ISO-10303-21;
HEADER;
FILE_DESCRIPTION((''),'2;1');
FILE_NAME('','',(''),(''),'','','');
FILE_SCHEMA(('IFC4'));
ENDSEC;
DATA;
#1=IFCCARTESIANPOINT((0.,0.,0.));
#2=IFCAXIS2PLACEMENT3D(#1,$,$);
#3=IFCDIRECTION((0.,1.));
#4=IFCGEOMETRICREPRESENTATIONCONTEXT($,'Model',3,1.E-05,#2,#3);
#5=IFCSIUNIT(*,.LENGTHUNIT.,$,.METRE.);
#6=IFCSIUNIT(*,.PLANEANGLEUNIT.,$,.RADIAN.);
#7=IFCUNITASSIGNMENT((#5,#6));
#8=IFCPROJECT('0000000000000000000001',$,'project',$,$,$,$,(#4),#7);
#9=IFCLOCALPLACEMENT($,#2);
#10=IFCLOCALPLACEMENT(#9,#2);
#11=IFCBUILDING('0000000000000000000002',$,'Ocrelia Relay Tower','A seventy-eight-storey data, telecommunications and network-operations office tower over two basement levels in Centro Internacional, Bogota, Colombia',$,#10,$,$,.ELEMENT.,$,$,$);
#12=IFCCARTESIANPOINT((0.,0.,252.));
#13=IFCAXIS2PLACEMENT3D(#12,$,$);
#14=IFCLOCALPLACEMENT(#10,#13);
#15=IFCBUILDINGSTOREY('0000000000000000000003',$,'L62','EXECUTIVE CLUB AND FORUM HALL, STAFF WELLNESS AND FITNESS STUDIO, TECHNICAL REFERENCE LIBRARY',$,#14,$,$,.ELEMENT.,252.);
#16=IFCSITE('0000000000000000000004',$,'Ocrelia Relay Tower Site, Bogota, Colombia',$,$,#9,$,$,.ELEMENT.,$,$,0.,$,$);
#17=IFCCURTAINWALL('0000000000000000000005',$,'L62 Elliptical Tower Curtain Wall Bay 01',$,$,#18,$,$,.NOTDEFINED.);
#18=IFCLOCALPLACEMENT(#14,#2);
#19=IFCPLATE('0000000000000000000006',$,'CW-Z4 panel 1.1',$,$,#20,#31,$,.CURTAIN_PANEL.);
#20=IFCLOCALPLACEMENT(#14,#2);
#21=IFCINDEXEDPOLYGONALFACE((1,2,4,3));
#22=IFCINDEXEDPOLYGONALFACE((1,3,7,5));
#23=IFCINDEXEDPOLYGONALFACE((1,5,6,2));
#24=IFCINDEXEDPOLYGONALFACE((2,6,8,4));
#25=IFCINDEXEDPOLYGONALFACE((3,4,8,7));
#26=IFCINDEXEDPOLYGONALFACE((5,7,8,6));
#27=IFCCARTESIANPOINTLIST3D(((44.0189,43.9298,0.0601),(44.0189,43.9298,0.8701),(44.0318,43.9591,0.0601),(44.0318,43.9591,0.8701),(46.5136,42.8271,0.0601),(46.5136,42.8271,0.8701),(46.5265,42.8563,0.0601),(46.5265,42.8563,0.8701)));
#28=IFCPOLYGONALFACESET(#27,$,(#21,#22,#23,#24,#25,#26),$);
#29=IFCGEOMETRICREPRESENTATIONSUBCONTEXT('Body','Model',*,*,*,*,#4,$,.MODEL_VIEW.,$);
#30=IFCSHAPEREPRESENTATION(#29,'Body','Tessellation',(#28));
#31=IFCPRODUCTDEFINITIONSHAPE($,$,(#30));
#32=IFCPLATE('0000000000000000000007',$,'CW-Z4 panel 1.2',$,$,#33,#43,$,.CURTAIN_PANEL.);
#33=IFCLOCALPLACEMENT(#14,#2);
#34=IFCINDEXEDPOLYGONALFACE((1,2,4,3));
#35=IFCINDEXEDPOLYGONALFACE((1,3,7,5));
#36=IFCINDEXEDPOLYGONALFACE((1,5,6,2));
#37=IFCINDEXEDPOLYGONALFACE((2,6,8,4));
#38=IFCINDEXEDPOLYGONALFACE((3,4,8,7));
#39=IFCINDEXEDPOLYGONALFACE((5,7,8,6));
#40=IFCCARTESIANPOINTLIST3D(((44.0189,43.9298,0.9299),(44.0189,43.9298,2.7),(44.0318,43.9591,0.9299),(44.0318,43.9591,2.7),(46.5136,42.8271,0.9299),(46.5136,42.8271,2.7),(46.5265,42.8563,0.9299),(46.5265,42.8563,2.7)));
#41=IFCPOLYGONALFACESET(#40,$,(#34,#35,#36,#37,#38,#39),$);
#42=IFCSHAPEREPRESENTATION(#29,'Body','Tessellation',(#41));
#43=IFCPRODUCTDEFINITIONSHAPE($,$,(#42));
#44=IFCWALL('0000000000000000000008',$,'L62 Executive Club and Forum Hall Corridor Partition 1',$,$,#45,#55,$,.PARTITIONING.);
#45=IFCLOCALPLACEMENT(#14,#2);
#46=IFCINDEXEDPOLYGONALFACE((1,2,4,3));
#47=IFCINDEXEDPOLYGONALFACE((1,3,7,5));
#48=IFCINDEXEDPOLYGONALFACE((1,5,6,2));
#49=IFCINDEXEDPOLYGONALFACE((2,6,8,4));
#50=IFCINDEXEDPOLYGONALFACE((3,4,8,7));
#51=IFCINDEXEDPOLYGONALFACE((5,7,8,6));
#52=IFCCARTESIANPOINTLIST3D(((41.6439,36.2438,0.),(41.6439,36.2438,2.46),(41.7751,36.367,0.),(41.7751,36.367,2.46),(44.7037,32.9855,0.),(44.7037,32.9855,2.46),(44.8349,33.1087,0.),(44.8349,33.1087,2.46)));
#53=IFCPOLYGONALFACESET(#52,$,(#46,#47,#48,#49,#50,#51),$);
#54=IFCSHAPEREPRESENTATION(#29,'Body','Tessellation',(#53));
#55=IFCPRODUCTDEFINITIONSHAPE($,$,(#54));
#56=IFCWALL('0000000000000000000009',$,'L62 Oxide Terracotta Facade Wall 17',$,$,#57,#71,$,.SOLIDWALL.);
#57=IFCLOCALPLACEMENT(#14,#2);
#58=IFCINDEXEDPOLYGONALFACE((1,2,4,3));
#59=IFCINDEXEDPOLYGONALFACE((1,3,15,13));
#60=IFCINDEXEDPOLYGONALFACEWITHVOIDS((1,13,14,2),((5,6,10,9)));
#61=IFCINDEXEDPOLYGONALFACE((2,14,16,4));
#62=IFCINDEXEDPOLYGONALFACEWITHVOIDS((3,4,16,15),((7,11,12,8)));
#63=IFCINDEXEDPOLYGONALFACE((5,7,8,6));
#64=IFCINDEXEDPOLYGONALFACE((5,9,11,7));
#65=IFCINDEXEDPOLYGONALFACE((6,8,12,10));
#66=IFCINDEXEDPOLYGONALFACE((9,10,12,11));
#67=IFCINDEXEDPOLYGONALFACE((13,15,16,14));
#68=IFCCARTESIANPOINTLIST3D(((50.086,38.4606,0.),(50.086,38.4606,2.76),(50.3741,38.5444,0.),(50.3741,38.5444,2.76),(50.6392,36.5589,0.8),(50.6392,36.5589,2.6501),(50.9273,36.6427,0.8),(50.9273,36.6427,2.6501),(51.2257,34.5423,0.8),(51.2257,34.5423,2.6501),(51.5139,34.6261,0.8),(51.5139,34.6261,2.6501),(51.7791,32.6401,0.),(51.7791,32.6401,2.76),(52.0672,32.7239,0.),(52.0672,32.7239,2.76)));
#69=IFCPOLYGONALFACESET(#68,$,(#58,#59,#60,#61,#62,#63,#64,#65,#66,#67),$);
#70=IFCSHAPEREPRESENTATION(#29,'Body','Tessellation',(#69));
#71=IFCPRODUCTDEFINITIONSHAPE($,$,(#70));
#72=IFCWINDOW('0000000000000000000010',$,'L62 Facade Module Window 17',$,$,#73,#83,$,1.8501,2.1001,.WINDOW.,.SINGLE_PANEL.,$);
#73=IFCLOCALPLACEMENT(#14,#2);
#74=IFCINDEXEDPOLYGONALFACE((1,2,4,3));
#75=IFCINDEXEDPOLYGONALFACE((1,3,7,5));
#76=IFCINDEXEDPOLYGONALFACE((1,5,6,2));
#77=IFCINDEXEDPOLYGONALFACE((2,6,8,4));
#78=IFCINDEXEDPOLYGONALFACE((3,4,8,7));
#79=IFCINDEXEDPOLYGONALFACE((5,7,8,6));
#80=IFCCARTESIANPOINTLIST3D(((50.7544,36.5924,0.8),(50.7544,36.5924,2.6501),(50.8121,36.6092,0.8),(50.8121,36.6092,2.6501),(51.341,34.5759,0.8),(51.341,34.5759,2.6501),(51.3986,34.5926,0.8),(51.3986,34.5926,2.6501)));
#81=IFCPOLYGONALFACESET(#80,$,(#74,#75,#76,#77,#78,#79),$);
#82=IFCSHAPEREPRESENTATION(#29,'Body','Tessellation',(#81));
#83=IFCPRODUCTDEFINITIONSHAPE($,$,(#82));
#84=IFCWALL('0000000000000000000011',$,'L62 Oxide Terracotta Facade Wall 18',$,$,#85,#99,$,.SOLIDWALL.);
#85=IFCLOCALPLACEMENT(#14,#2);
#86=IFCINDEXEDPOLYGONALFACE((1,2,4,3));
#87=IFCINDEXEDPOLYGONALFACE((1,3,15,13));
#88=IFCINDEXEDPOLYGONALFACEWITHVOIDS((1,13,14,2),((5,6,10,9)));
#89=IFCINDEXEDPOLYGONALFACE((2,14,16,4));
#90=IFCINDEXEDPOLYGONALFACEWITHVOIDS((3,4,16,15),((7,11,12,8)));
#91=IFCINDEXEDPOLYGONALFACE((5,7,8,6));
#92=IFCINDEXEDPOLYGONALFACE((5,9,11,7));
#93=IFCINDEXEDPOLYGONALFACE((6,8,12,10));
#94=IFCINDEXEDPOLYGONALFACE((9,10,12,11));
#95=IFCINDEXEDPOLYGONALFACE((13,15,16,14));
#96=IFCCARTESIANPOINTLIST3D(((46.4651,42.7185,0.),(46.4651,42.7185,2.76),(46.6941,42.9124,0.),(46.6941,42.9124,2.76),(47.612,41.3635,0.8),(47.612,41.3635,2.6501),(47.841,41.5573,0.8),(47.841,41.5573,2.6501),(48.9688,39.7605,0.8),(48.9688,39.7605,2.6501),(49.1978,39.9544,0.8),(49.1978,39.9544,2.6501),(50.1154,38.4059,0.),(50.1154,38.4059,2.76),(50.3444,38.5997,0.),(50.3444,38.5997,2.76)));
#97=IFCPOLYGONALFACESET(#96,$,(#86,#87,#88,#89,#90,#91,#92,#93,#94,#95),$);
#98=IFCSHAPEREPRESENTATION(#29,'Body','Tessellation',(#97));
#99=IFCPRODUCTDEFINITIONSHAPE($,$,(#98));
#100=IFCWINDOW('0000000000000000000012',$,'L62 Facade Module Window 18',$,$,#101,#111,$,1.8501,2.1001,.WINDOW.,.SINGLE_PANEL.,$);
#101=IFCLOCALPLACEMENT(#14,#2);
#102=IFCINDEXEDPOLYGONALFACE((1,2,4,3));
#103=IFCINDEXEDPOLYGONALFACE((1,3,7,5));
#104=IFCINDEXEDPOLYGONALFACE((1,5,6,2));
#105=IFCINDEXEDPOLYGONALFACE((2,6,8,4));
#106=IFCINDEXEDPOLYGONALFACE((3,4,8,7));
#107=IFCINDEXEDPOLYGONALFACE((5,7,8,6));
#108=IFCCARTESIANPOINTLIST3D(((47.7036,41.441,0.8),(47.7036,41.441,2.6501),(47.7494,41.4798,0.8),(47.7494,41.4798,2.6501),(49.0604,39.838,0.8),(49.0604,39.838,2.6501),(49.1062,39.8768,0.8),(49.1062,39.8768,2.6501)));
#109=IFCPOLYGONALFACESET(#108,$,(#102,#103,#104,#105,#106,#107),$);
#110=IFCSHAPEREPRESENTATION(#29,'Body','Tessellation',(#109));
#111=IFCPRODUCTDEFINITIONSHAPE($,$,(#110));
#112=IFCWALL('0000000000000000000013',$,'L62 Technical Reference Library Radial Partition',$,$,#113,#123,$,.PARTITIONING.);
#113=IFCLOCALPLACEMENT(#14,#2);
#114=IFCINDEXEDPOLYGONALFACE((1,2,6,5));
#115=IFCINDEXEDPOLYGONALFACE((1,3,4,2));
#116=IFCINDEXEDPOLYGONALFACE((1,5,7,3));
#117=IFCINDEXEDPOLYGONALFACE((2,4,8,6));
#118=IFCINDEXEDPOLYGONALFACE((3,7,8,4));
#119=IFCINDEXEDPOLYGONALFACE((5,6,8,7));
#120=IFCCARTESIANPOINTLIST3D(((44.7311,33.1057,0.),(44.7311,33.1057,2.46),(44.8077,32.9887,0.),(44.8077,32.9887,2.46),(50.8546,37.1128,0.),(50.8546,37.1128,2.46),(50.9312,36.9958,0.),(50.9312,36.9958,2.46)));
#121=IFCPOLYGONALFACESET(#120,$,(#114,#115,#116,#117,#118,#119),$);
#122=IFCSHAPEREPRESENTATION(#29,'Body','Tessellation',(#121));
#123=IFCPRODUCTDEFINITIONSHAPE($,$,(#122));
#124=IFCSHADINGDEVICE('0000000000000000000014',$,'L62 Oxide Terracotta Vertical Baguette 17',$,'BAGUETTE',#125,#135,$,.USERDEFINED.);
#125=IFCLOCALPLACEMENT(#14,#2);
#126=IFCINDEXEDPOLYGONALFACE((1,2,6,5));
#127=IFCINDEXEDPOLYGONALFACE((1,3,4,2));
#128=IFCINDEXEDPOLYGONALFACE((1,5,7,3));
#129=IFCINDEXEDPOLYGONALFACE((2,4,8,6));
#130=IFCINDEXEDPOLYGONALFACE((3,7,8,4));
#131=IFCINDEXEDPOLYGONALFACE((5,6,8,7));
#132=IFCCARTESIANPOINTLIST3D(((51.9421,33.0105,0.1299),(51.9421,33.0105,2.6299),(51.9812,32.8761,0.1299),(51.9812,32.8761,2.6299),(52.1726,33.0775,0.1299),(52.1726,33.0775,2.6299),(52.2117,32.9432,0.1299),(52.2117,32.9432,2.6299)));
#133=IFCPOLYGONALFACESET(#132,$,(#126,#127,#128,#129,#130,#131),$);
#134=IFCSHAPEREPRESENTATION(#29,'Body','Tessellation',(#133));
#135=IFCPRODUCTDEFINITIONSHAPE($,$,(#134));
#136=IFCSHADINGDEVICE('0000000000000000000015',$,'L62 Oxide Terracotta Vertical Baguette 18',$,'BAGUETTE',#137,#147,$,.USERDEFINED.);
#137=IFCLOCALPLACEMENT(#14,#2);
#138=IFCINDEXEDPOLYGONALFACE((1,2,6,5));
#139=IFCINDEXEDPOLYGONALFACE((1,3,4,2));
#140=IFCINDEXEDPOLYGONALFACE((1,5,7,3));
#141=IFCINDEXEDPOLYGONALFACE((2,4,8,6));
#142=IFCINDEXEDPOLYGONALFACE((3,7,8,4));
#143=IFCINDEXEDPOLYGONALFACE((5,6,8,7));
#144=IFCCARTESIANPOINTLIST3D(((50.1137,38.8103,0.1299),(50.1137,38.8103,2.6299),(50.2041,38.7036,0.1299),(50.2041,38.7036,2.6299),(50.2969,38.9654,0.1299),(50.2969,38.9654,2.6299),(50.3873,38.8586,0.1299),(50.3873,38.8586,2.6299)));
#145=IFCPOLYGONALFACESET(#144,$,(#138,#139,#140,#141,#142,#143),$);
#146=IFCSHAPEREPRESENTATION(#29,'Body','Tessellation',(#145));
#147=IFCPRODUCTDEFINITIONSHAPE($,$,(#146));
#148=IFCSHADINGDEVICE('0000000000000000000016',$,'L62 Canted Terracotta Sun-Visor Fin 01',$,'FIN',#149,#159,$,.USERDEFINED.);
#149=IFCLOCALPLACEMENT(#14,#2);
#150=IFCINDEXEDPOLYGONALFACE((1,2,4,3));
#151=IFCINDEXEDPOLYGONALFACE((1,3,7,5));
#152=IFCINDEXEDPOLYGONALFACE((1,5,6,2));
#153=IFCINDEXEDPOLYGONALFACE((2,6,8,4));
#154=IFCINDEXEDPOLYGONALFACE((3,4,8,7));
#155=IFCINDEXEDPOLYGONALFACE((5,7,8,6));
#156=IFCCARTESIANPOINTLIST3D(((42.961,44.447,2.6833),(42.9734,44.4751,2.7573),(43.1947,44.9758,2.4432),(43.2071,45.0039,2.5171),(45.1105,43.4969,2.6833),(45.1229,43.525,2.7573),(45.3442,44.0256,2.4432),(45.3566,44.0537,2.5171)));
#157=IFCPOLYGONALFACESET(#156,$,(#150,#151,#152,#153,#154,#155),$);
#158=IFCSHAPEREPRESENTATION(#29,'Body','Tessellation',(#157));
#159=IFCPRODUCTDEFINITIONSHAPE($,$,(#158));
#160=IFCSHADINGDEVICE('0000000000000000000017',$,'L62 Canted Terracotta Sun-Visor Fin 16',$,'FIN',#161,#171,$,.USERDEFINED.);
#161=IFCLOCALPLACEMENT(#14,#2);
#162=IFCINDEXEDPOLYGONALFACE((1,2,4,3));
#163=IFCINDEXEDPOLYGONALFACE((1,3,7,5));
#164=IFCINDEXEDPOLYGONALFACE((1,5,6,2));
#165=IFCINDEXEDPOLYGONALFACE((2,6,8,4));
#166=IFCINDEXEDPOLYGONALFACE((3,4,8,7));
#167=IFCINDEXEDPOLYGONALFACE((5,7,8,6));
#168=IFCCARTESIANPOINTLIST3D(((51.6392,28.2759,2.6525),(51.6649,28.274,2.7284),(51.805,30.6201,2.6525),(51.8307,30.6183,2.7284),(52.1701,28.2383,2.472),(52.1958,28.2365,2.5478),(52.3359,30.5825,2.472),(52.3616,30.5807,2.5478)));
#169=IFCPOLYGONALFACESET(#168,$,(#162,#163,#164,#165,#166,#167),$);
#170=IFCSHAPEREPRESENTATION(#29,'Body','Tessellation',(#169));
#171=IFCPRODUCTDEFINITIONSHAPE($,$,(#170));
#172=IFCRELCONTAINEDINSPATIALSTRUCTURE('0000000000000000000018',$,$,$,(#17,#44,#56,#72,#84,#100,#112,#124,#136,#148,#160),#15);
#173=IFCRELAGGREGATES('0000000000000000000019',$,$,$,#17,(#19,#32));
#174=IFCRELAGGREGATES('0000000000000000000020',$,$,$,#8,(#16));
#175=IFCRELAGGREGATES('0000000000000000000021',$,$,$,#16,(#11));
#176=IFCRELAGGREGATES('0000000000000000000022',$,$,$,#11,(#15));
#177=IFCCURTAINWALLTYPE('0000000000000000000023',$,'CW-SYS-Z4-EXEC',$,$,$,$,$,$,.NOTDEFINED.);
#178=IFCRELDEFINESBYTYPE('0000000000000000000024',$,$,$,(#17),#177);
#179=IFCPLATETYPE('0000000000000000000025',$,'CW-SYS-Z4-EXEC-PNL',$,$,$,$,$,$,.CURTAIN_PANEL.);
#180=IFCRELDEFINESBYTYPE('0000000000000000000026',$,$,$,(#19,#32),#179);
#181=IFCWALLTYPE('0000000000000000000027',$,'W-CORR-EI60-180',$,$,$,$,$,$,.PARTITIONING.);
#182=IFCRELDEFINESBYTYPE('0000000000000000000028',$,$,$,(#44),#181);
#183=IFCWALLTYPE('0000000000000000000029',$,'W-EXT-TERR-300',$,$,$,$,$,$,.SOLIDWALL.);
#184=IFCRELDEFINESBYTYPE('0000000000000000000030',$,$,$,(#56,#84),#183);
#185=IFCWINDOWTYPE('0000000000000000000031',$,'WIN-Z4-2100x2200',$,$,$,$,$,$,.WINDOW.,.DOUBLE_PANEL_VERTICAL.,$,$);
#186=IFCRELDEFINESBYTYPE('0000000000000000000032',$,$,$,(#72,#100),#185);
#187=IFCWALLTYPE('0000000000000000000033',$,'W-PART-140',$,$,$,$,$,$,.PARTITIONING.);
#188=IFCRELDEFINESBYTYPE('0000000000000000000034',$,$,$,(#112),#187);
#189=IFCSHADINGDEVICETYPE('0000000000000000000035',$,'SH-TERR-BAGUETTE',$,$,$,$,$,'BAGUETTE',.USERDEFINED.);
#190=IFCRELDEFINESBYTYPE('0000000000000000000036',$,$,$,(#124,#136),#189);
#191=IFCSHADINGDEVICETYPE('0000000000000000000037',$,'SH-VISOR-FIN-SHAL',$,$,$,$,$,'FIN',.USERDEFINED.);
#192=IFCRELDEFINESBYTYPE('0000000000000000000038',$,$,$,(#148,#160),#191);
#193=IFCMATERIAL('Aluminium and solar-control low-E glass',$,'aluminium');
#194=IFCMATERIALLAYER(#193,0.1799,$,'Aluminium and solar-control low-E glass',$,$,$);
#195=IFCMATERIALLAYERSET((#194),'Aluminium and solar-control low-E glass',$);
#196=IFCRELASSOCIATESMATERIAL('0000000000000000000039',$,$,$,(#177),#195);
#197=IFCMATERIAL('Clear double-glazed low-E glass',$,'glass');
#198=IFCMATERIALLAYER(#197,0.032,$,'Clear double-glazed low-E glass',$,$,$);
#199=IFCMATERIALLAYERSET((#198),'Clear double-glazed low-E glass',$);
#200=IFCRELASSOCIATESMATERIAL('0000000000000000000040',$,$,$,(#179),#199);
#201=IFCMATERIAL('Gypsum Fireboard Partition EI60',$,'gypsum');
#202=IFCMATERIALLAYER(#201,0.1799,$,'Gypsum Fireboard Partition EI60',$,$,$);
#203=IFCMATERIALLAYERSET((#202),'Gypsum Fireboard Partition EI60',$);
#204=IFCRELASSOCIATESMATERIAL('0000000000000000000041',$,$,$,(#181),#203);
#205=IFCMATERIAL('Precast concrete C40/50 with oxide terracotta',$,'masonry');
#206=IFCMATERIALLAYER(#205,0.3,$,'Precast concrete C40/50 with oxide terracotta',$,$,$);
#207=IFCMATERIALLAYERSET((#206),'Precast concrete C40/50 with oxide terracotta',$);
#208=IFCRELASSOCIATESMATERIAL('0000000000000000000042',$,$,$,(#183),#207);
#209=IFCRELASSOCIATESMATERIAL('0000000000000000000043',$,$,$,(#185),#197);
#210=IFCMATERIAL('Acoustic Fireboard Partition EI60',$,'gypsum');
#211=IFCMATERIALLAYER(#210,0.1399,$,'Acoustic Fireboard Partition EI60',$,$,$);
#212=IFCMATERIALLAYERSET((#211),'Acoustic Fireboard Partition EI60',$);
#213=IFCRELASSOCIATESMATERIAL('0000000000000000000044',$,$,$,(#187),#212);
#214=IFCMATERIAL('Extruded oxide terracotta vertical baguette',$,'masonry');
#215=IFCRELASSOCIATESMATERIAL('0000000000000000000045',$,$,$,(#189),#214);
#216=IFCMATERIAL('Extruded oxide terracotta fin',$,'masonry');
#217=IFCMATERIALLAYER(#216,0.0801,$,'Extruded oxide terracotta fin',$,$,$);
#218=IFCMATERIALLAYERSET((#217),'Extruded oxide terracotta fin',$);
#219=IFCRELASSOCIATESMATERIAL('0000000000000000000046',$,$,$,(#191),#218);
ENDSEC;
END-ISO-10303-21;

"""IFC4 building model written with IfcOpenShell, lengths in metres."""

from ifc_helpers import new_model, si_unit, direction, frame, frame_2d, origin, origin_2d, place, context, subcontext, project, spatial, rectangle, extrude, material, layer, layer_set, type_object, element, fill, aggregate, save


model = new_model("IFC4")

# Units and contexts
model_context = context("Model", 3, precision=1e-05, world=origin(), true_north=direction((0.0, 1.0)))
body_context = subcontext(model_context, "Body", "Model", "MODEL_VIEW")
ifc_project = project(units=[si_unit("LENGTHUNIT", "METRE"), si_unit("PLANEANGLEUNIT", "RADIAN")], contexts=[model_context])

# Site, building, storey
site_placement = place(None, origin())
site = spatial("IfcSite", under=ifc_project, at=site_placement, Name="Ocrelia Relay Tower Site, Bogota, Colombia", CompositionType="ELEMENT", RefElevation=0.0)
building_placement = place(site_placement, origin())
building = spatial("IfcBuilding", under=site, at=building_placement, Name="Ocrelia Relay Tower", Description="A seventy-eight-storey data, telecommunications and network-operations office tower over two basement levels in Centro Internacional, Bogota, Colombia", CompositionType="ELEMENT")
storey_placement = place(building_placement, frame((0.0, 0.0, 252.0)))
storey = spatial("IfcBuildingStorey", under=building, at=storey_placement, Name="L62", Description="EXECUTIVE CLUB AND FORUM HALL, STAFF WELLNESS AND FITNESS STUDIO, TECHNICAL REFERENCE LIBRARY", CompositionType="ELEMENT", Elevation=252.0)

# Curtain wall, plates
ifc_material_1 = material(Name="Aluminium and solar-control low-E glass", Category="aluminium")
ifc_layer_1 = layer(ifc_material_1, 0.1799, Name="Aluminium and solar-control low-E glass")
ifc_layer_set_1 = layer_set([ifc_layer_1], Name="Aluminium and solar-control low-E glass")
curtain_wall_type = type_object("IfcCurtainWallType", Name="CW-SYS-Z4-EXEC", PredefinedType="NOTDEFINED", material=ifc_layer_set_1)
curtain_wall_placement = place(storey_placement, origin())
curtain_wall = element("IfcCurtainWall", 1, at=curtain_wall_placement, inside=storey, type_object=curtain_wall_type, Name="L62 Elliptical Tower Curtain Wall Bay 01", PredefinedType="NOTDEFINED")
ifc_material_2 = material(Name="Clear double-glazed low-E glass", Category="glass")
ifc_layer_2 = layer(ifc_material_2, 0.032, Name="Clear double-glazed low-E glass")
ifc_layer_set_2 = layer_set([ifc_layer_2], Name="Clear double-glazed low-E glass")
plate_type = type_object("IfcPlateType", Name="CW-SYS-Z4-EXEC-PNL", PredefinedType="CURTAIN_PANEL", material=ifc_layer_set_2)
plate_1_placement = place(storey_placement, frame((45.2727, 43.3931, 0.0601), z_axis=(0.0, 0.0, 1.0), x_axis=(-0.914627, 0.404298, 0.0)))
plate_1 = element("IfcPlate", 2, at=plate_1_placement, type_object=plate_type, Name="CW-Z4 panel 1.1", PredefinedType="CURTAIN_PANEL", context=body_context, shape_type="SweptSolid", body=[
    extrude(rectangle(XDim=2.7275, YDim=0.032, at=origin_2d()), origin(), (0.0, 0.0, 1.0), 0.8101),
])
plate_2_placement = place(storey_placement, frame((45.2727, 43.3931, 0.9299), z_axis=(0.0, 0.0, 1.0), x_axis=(-0.914627, 0.404298, 0.0)))
plate_2 = element("IfcPlate", 3, at=plate_2_placement, type_object=plate_type, Name="CW-Z4 panel 1.2", PredefinedType="CURTAIN_PANEL", context=body_context, shape_type="SweptSolid", body=[
    extrude(rectangle(XDim=2.7275, YDim=0.032, at=origin_2d()), origin(), (0.0, 0.0, 1.0), 1.77),
])
aggregate(curtain_wall, [plate_1, plate_2])

# Shared definitions
ifc_material_3 = material(Name="Gypsum Fireboard Partition EI60", Category="gypsum")
ifc_layer_3 = layer(ifc_material_3, 0.1799, Name="Gypsum Fireboard Partition EI60")
ifc_layer_set_3 = layer_set([ifc_layer_3], Name="Gypsum Fireboard Partition EI60")
wall_type_1 = type_object("IfcWallType", Name="W-CORR-EI60-180", PredefinedType="PARTITIONING", material=ifc_layer_set_3)

# Wall
wall_1_placement = place(storey_placement, frame((44.7693, 33.0471, 0.0), z_axis=(0.0, 0.0, 1.0), x_axis=(-0.684555, 0.728961, 0.0)))
element("IfcWall", 4, at=wall_1_placement, inside=storey, type_object=wall_type_1, Name="L62 Executive Club and Forum Hall Corridor Partition 1", PredefinedType="PARTITIONING", context=body_context, shape_type="SweptSolid", body=[
    extrude(rectangle(XDim=4.4697, YDim=0.1799, at=frame_2d((2.2349, 0.0))), origin(), (0.0, 0.0, 1.0), 2.46),
])

# Walls, openings, windows
ifc_material_4 = material(Name="Precast concrete C40/50 with oxide terracotta", Category="masonry")
ifc_layer_4 = layer(ifc_material_4, 0.3, Name="Precast concrete C40/50 with oxide terracotta")
ifc_layer_set_4 = layer_set([ifc_layer_4], Name="Precast concrete C40/50 with oxide terracotta")
wall_type_2 = type_object("IfcWallType", Name="W-EXT-TERR-300", PredefinedType="SOLIDWALL", material=ifc_layer_set_4)
wall_2_placement = place(storey_placement, frame((51.9231, 32.6821, 0.0), z_axis=(0.0, 0.0, 1.0), x_axis=(-0.279309, 0.960201, 0.0)))
wall_2 = element("IfcWall", 5, at=wall_2_placement, inside=storey, type_object=wall_type_2, Name="L62 Oxide Terracotta Facade Wall 17", PredefinedType="SOLIDWALL", context=body_context, shape_type="SweptSolid", body=[
    extrude(rectangle(XDim=6.0618, YDim=0.3, at=frame_2d((3.0308, 0.0))), origin(), (0.0, 0.0, 1.0), 2.76),
])
opening_1_placement = place(wall_2_placement, frame((1.981, 0.0, 0.8)))
opening_1 = element("IfcOpeningElement", 6, at=opening_1_placement, cuts=wall_2, PredefinedType="OPENING", context=body_context, shape_type="SweptSolid", body=[
    extrude(rectangle(XDim=2.1001, YDim=1.8501, at=frame_2d((1.05, 0.925))), frame((0.0, 0.1602, 0.0), z_axis=(0.0, -1.0, 0.0), x_axis=(1.0, 0.0, 0.0)), (0.0, 0.0, 1.0), 0.3201),
])
window_type = type_object("IfcWindowType", Name="WIN-Z4-2100x2200", PartitioningType="DOUBLE_PANEL_VERTICAL", PredefinedType="WINDOW", material=ifc_material_2)
window_1_placement = place(opening_1_placement, origin())
window_1 = element("IfcWindow", 7, at=window_1_placement, inside=storey, type_object=window_type, Name="L62 Facade Module Window 17", OverallHeight=1.8501, OverallWidth=2.1001, PartitioningType="SINGLE_PANEL", PredefinedType="WINDOW", context=body_context, shape_type="SweptSolid", body=[
    extrude(rectangle(XDim=2.1001, YDim=1.8501, at=frame_2d((1.05, 0.925))), frame((0.0, 0.03, 0.0), z_axis=(0.0, -1.0, 0.0), x_axis=(1.0, 0.0, 0.0)), (0.0, 0.0, 1.0), 0.0601),
])
fill(opening_1, window_1)
wall_3_placement = place(storey_placement, frame((50.23, 38.5027, 0.0), z_axis=(0.0, 0.0, 1.0), x_axis=(-0.64606, 0.763286, 0.0)))
wall_3 = element("IfcWall", 8, at=wall_3_placement, inside=storey, type_object=wall_type_2, Name="L62 Oxide Terracotta Facade Wall 18", PredefinedType="SOLIDWALL", context=body_context, shape_type="SweptSolid", body=[
    extrude(rectangle(XDim=5.6501, YDim=0.3, at=frame_2d((2.8252, 0.0))), origin(), (0.0, 0.0, 1.0), 2.76),
])
opening_2_placement = place(wall_3_placement, frame((1.7749, 0.0, 0.8)))
opening_2 = element("IfcOpeningElement", 9, at=opening_2_placement, cuts=wall_3, PredefinedType="OPENING", context=body_context, shape_type="SweptSolid", body=[
    extrude(rectangle(XDim=2.1001, YDim=1.8501, at=frame_2d((1.05, 0.925))), frame((0.0, 0.1602, 0.0), z_axis=(0.0, -1.0, 0.0), x_axis=(1.0, 0.0, 0.0)), (0.0, 0.0, 1.0), 0.3201),
])
window_2_placement = place(opening_2_placement, origin())
window_2 = element("IfcWindow", 10, at=window_2_placement, inside=storey, type_object=window_type, Name="L62 Facade Module Window 18", OverallHeight=1.8501, OverallWidth=2.1001, PartitioningType="SINGLE_PANEL", PredefinedType="WINDOW", context=body_context, shape_type="SweptSolid", body=[
    extrude(rectangle(XDim=2.1001, YDim=1.8501, at=frame_2d((1.05, 0.925))), frame((0.0, 0.03, 0.0), z_axis=(0.0, -1.0, 0.0), x_axis=(1.0, 0.0, 0.0)), (0.0, 0.0, 1.0), 0.0601),
])
fill(opening_2, window_2)

# Wall
ifc_material_5 = material(Name="Acoustic Fireboard Partition EI60", Category="gypsum")
ifc_layer_5 = layer(ifc_material_5, 0.1399, Name="Acoustic Fireboard Partition EI60")
ifc_layer_set_5 = layer_set([ifc_layer_5], Name="Acoustic Fireboard Partition EI60")
wall_type_3 = type_object("IfcWallType", Name="W-PART-140", PredefinedType="PARTITIONING", material=ifc_layer_set_5)
wall_4_placement = place(storey_placement, frame((44.7693, 33.0471, 0.0), z_axis=(0.0, 0.0, 1.0), x_axis=(0.836767, 0.547559, 0.0)))
element("IfcWall", 11, at=wall_4_placement, inside=storey, type_object=wall_type_3, Name="L62 Technical Reference Library Radial Partition", PredefinedType="PARTITIONING", context=body_context, shape_type="SweptSolid", body=[
    extrude(rectangle(XDim=7.3181, YDim=0.1399, at=frame_2d((3.6592, 0.0))), origin(), (0.0, 0.0, 1.0), 2.46),
])

# Shading devices
ifc_material_6 = material(Name="Extruded oxide terracotta vertical baguette", Category="masonry")
shading_device_type_1 = type_object("IfcShadingDeviceType", Name="SH-TERR-BAGUETTE", ElementType="BAGUETTE", PredefinedType="USERDEFINED", material=ifc_material_6)
for number, where, z_axis, x_axis, name in (
    (12, (52.0769, 32.9768, 0.1299), (0.0, 0.0, 1.0), (-0.279289, 0.960207, 0.0), "L62 Oxide Terracotta Vertical Baguette 17"),
    (13, (50.2505, 38.8345, 0.1299), (0.0, 0.0, 1.0), (-0.646086, 0.763265, 0.0), "L62 Oxide Terracotta Vertical Baguette 18"),
):
    element("IfcShadingDevice", number, at=place(storey_placement, frame(where, z_axis=z_axis, x_axis=x_axis)), inside=storey, type_object=shading_device_type_1, Name=name, ObjectType="BAGUETTE", PredefinedType="USERDEFINED", context=body_context, shape_type="SweptSolid", body=[
        extrude(rectangle(XDim=0.1399, YDim=0.24, at=origin_2d()), origin(), (0.0, 0.0, 1.0), 2.5),
    ])
ifc_material_7 = material(Name="Extruded oxide terracotta fin", Category="masonry")
ifc_layer_6 = layer(ifc_material_7, 0.0801, Name="Extruded oxide terracotta fin")
ifc_layer_set_6 = layer_set([ifc_layer_6], Name="Extruded oxide terracotta fin")
shading_device_type_2 = type_object("IfcShadingDeviceType", Name="SH-VISOR-FIN-SHAL", ElementType="FIN", PredefinedType="USERDEFINED", material=ifc_layer_set_6)
shading_device_1_placement = place(storey_placement, frame((44.1526, 44.2363, 2.5632), z_axis=(0.155109, 0.350897, 0.923478), x_axis=(-0.914627, 0.404298, 0.0)))
element("IfcShadingDevice", 14, at=shading_device_1_placement, inside=storey, type_object=shading_device_type_2, Name="L62 Canted Terracotta Sun-Visor Fin 01", ObjectType="FIN", PredefinedType="USERDEFINED", context=body_context, shape_type="SweptSolid", body=[
    extrude(rectangle(XDim=2.3501, YDim=0.626, at=origin_2d()), origin(), (0.0, 0.0, 1.0), 0.0801),
])
shading_device_2_placement = place(storey_placement, frame((51.9875, 29.4292, 2.5623), z_axis=(0.320474, -0.022667, 0.946986), x_axis=(0.070554, 0.997508, 0.0)))
element("IfcShadingDevice", 15, at=shading_device_2_placement, inside=storey, type_object=shading_device_type_2, Name="L62 Canted Terracotta Sun-Visor Fin 16", ObjectType="FIN", PredefinedType="USERDEFINED", context=body_context, shape_type="SweptSolid", body=[
    extrude(rectangle(XDim=2.3501, YDim=0.562, at=origin_2d()), origin(), (0.0, 0.0, 1.0), 0.0801),
])

save(model, "model.ifc")
